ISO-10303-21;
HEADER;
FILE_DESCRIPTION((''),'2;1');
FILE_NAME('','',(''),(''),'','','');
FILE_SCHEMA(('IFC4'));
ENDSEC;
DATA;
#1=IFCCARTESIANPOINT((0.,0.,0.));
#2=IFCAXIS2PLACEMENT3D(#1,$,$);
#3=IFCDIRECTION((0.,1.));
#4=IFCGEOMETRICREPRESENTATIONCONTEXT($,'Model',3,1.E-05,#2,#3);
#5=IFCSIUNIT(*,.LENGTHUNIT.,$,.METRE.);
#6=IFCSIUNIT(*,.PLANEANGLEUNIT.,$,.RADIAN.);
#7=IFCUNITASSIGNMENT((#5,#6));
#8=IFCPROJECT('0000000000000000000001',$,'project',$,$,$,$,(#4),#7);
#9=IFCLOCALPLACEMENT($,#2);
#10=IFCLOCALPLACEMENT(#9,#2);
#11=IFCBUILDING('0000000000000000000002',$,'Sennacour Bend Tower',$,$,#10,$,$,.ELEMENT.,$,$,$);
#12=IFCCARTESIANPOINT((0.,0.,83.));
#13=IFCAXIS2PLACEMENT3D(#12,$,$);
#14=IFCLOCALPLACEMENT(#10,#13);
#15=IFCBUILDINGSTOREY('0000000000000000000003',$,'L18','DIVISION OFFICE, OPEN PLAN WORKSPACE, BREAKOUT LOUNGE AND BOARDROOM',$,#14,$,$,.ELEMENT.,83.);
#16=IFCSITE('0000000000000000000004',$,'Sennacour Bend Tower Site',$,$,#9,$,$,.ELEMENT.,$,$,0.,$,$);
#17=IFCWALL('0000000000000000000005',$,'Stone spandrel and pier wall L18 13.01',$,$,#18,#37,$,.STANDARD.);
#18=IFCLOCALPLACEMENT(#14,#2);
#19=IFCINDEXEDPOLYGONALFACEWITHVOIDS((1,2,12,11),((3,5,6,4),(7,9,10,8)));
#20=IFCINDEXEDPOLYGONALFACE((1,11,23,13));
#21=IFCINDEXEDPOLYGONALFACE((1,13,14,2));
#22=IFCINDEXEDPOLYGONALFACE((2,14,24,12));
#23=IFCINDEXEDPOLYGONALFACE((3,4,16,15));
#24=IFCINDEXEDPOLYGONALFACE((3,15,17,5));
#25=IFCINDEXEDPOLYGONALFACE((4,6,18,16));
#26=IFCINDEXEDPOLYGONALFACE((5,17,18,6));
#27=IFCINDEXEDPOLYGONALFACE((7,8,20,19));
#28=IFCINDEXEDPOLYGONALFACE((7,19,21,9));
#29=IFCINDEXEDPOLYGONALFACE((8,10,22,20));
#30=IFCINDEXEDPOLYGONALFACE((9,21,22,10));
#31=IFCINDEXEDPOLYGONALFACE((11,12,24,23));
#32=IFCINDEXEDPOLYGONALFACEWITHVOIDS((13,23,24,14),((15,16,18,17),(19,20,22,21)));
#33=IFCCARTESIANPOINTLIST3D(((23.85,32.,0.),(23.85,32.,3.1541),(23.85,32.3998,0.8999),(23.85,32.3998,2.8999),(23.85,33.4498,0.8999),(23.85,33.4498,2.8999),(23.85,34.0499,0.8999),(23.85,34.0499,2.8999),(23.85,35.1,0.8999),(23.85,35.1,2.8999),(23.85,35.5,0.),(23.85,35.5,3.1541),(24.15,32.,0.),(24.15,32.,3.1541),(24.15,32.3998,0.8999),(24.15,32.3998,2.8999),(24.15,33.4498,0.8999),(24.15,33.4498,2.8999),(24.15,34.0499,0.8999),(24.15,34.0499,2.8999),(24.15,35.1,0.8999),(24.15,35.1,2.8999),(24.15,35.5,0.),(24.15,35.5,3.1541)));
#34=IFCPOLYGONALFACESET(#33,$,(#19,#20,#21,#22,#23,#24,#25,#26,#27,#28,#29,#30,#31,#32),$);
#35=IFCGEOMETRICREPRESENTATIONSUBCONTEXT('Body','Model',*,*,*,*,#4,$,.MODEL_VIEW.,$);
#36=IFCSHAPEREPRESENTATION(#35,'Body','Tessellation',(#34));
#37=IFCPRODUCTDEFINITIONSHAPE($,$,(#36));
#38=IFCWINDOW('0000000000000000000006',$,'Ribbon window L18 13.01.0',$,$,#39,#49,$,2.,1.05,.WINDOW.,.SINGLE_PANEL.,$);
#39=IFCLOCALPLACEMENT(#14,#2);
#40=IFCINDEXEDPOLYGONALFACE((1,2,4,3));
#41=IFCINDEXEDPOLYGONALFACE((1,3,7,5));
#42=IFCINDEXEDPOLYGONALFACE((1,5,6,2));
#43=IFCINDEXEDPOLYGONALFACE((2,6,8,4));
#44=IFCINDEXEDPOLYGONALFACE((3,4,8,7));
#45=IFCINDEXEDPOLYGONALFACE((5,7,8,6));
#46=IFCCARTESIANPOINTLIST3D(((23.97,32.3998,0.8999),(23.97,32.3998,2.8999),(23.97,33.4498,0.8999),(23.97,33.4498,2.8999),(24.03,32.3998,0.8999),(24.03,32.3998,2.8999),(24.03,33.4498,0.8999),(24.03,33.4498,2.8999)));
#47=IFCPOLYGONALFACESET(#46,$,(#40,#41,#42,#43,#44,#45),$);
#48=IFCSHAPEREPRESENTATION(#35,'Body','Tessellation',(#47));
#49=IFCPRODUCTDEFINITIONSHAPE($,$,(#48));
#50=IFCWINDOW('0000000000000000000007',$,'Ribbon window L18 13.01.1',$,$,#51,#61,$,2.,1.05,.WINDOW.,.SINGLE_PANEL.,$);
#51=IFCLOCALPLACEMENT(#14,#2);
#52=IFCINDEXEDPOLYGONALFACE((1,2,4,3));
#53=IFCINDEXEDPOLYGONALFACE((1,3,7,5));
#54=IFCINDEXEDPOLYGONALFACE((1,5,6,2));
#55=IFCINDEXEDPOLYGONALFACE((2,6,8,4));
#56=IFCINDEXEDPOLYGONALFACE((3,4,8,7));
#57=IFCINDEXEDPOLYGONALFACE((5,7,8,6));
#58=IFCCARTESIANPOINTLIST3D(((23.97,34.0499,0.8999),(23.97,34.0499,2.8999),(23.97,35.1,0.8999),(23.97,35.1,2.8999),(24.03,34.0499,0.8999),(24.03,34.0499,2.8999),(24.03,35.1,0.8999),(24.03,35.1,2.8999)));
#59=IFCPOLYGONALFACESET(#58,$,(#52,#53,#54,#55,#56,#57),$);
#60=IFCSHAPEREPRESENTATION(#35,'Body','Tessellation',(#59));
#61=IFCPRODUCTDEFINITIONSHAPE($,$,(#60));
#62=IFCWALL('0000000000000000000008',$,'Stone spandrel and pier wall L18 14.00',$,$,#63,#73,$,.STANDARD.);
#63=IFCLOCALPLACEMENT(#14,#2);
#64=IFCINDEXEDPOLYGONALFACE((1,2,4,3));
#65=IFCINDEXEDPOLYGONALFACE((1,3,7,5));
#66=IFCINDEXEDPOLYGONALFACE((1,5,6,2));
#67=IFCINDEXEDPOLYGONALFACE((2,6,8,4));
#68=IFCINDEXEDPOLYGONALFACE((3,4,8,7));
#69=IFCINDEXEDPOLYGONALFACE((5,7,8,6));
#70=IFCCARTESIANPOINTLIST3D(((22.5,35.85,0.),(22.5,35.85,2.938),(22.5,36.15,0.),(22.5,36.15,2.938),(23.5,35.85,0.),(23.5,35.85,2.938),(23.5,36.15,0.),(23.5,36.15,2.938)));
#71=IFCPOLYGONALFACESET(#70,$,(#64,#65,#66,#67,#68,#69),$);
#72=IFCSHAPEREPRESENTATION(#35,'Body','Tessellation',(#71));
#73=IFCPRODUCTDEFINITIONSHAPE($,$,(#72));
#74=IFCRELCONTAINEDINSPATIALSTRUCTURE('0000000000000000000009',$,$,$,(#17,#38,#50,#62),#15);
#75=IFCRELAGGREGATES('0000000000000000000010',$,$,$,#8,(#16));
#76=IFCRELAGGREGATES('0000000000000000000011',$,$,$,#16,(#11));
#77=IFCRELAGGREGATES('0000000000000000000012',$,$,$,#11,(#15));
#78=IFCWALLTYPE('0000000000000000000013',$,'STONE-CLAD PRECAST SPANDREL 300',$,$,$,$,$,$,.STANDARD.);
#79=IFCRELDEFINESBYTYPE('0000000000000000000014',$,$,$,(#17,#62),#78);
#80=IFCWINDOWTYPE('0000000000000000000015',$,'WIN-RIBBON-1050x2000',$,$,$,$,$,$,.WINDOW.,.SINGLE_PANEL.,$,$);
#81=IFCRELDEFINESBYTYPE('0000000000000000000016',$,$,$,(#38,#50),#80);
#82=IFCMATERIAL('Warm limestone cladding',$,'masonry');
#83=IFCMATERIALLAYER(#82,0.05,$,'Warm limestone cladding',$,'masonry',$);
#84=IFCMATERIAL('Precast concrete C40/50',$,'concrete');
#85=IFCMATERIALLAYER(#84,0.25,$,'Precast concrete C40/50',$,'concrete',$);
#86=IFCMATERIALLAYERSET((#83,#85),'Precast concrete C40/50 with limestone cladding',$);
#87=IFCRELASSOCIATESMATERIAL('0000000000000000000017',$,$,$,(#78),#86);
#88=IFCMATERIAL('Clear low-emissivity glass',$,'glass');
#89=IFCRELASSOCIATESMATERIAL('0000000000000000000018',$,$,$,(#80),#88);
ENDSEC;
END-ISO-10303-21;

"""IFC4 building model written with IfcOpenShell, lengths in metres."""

from ifc_helpers import new_model, si_unit, direction, frame, frame_2d, origin, place, context, subcontext, project, spatial, rectangle, extrude, material, layer, layer_set, type_object, element, fill, save


model = new_model("IFC4")

# Units and contexts
model_context = context("Model", 3, precision=1e-05, world=origin(), true_north=direction((0.0, 1.0)))
body_context = subcontext(model_context, "Body", "Model", "MODEL_VIEW")
ifc_project = project(units=[si_unit("LENGTHUNIT", "METRE"), si_unit("PLANEANGLEUNIT", "RADIAN")], contexts=[model_context])

# Site, building, storey
site_placement = place(None, origin())
site = spatial("IfcSite", under=ifc_project, at=site_placement, Name="Sennacour Bend Tower Site", CompositionType="ELEMENT", RefElevation=0.0)
building_placement = place(site_placement, origin())
building = spatial("IfcBuilding", under=site, at=building_placement, Name="Sennacour Bend Tower", CompositionType="ELEMENT")
storey_placement = place(building_placement, frame((0.0, 0.0, 83.0)))
storey = spatial("IfcBuildingStorey", under=building, at=storey_placement, Name="L18", Description="DIVISION OFFICE, OPEN PLAN WORKSPACE, BREAKOUT LOUNGE AND BOARDROOM", CompositionType="ELEMENT", Elevation=83.0)

# Shared definitions
ifc_material_1 = material(Name="Warm limestone cladding", Category="masonry")
ifc_layer_1 = layer(ifc_material_1, 0.05, Name="Warm limestone cladding", Category="masonry")
ifc_material_2 = material(Name="Precast concrete C40/50", Category="concrete")
ifc_layer_2 = layer(ifc_material_2, 0.25, Name="Precast concrete C40/50", Category="concrete")
ifc_layer_set_1 = layer_set([ifc_layer_1, ifc_layer_2], Name="Precast concrete C40/50 with limestone cladding")
wall_type_1 = type_object("IfcWallType", Name="STONE-CLAD PRECAST SPANDREL 300", PredefinedType="STANDARD", material=ifc_layer_set_1)

# Wall, openings, windows
ifc_material_3 = material(Name="Clear low-emissivity glass", Category="glass")
window_type_1 = type_object("IfcWindowType", Name="WIN-RIBBON-1050x2000", PartitioningType="SINGLE_PANEL", PredefinedType="WINDOW", material=ifc_material_3)
wall_1_placement = place(storey_placement, frame((24.0, 32.0, 0.0), z_axis=(0.0, 0.0, 1.0), x_axis=(0.0, 1.0, 0.0)))
wall_1 = element("IfcWall", 1, at=wall_1_placement, inside=storey, type_object=wall_type_1, Name="Stone spandrel and pier wall L18 13.01", PredefinedType="STANDARD", context=body_context, shape_type="SweptSolid", body=[
    extrude(rectangle(XDim=3.5, YDim=0.3, at=frame_2d((1.75, 0.0))), origin(), (0.0, 0.0, 1.0), 3.1541),
])
opening_1_placement = place(wall_1_placement, frame((0.3999, 0.0, 0.8999)))
opening_1 = element("IfcOpeningElement", 2, at=opening_1_placement, cuts=wall_1, PredefinedType="OPENING", context=body_context, shape_type="SweptSolid", body=[
    extrude(rectangle(XDim=1.05, YDim=2.0, at=frame_2d((0.5249, 1.0))), frame((0.0, 0.1602, 0.0), z_axis=(0.0, -1.0, 0.0), x_axis=(1.0, 0.0, 0.0)), (0.0, 0.0, 1.0), 0.3201),
])
opening_2_placement = place(wall_1_placement, frame((2.05, 0.0, 0.8999)))
opening_2 = element("IfcOpeningElement", 3, at=opening_2_placement, cuts=wall_1, PredefinedType="OPENING", context=body_context, shape_type="SweptSolid", body=[
    extrude(rectangle(XDim=1.05, YDim=2.0, at=frame_2d((0.5249, 1.0))), frame((0.0, 0.1602, 0.0), z_axis=(0.0, -1.0, 0.0), x_axis=(1.0, 0.0, 0.0)), (0.0, 0.0, 1.0), 0.3201),
])
window_1_placement = place(opening_1_placement, origin())
window_1 = element("IfcWindow", 4, at=window_1_placement, inside=storey, type_object=window_type_1, Name="Ribbon window L18 13.01.0", OverallHeight=2.0, OverallWidth=1.05, PartitioningType="SINGLE_PANEL", PredefinedType="WINDOW", context=body_context, shape_type="SweptSolid", body=[
    extrude(rectangle(XDim=1.05, YDim=2.0, at=frame_2d((0.5249, 1.0))), frame((0.0, 0.03, 0.0), z_axis=(0.0, -1.0, 0.0), x_axis=(1.0, 0.0, 0.0)), (0.0, 0.0, 1.0), 0.0601),
])
fill(opening_1, window_1)
window_2_placement = place(opening_2_placement, origin())
window_2 = element("IfcWindow", 5, at=window_2_placement, inside=storey, type_object=window_type_1, Name="Ribbon window L18 13.01.1", OverallHeight=2.0, OverallWidth=1.05, PartitioningType="SINGLE_PANEL", PredefinedType="WINDOW", context=body_context, shape_type="SweptSolid", body=[
    extrude(rectangle(XDim=1.05, YDim=2.0, at=frame_2d((0.5249, 1.0))), frame((0.0, 0.03, 0.0), z_axis=(0.0, -1.0, 0.0), x_axis=(1.0, 0.0, 0.0)), (0.0, 0.0, 1.0), 0.0601),
])
fill(opening_2, window_2)

# Wall
wall_2_placement = place(storey_placement, frame((23.5, 36.0, 0.0), z_axis=(0.0, 0.0, 1.0), x_axis=(-1.0, 0.0, 0.0)))
element("IfcWall", 6, at=wall_2_placement, inside=storey, type_object=wall_type_1, Name="Stone spandrel and pier wall L18 14.00", PredefinedType="STANDARD", context=body_context, shape_type="SweptSolid", body=[
    extrude(rectangle(XDim=1.0, YDim=0.3, at=frame_2d((0.5, 0.0))), origin(), (0.0, 0.0, 1.0), 2.938),
])

save(model, "model.ifc")
